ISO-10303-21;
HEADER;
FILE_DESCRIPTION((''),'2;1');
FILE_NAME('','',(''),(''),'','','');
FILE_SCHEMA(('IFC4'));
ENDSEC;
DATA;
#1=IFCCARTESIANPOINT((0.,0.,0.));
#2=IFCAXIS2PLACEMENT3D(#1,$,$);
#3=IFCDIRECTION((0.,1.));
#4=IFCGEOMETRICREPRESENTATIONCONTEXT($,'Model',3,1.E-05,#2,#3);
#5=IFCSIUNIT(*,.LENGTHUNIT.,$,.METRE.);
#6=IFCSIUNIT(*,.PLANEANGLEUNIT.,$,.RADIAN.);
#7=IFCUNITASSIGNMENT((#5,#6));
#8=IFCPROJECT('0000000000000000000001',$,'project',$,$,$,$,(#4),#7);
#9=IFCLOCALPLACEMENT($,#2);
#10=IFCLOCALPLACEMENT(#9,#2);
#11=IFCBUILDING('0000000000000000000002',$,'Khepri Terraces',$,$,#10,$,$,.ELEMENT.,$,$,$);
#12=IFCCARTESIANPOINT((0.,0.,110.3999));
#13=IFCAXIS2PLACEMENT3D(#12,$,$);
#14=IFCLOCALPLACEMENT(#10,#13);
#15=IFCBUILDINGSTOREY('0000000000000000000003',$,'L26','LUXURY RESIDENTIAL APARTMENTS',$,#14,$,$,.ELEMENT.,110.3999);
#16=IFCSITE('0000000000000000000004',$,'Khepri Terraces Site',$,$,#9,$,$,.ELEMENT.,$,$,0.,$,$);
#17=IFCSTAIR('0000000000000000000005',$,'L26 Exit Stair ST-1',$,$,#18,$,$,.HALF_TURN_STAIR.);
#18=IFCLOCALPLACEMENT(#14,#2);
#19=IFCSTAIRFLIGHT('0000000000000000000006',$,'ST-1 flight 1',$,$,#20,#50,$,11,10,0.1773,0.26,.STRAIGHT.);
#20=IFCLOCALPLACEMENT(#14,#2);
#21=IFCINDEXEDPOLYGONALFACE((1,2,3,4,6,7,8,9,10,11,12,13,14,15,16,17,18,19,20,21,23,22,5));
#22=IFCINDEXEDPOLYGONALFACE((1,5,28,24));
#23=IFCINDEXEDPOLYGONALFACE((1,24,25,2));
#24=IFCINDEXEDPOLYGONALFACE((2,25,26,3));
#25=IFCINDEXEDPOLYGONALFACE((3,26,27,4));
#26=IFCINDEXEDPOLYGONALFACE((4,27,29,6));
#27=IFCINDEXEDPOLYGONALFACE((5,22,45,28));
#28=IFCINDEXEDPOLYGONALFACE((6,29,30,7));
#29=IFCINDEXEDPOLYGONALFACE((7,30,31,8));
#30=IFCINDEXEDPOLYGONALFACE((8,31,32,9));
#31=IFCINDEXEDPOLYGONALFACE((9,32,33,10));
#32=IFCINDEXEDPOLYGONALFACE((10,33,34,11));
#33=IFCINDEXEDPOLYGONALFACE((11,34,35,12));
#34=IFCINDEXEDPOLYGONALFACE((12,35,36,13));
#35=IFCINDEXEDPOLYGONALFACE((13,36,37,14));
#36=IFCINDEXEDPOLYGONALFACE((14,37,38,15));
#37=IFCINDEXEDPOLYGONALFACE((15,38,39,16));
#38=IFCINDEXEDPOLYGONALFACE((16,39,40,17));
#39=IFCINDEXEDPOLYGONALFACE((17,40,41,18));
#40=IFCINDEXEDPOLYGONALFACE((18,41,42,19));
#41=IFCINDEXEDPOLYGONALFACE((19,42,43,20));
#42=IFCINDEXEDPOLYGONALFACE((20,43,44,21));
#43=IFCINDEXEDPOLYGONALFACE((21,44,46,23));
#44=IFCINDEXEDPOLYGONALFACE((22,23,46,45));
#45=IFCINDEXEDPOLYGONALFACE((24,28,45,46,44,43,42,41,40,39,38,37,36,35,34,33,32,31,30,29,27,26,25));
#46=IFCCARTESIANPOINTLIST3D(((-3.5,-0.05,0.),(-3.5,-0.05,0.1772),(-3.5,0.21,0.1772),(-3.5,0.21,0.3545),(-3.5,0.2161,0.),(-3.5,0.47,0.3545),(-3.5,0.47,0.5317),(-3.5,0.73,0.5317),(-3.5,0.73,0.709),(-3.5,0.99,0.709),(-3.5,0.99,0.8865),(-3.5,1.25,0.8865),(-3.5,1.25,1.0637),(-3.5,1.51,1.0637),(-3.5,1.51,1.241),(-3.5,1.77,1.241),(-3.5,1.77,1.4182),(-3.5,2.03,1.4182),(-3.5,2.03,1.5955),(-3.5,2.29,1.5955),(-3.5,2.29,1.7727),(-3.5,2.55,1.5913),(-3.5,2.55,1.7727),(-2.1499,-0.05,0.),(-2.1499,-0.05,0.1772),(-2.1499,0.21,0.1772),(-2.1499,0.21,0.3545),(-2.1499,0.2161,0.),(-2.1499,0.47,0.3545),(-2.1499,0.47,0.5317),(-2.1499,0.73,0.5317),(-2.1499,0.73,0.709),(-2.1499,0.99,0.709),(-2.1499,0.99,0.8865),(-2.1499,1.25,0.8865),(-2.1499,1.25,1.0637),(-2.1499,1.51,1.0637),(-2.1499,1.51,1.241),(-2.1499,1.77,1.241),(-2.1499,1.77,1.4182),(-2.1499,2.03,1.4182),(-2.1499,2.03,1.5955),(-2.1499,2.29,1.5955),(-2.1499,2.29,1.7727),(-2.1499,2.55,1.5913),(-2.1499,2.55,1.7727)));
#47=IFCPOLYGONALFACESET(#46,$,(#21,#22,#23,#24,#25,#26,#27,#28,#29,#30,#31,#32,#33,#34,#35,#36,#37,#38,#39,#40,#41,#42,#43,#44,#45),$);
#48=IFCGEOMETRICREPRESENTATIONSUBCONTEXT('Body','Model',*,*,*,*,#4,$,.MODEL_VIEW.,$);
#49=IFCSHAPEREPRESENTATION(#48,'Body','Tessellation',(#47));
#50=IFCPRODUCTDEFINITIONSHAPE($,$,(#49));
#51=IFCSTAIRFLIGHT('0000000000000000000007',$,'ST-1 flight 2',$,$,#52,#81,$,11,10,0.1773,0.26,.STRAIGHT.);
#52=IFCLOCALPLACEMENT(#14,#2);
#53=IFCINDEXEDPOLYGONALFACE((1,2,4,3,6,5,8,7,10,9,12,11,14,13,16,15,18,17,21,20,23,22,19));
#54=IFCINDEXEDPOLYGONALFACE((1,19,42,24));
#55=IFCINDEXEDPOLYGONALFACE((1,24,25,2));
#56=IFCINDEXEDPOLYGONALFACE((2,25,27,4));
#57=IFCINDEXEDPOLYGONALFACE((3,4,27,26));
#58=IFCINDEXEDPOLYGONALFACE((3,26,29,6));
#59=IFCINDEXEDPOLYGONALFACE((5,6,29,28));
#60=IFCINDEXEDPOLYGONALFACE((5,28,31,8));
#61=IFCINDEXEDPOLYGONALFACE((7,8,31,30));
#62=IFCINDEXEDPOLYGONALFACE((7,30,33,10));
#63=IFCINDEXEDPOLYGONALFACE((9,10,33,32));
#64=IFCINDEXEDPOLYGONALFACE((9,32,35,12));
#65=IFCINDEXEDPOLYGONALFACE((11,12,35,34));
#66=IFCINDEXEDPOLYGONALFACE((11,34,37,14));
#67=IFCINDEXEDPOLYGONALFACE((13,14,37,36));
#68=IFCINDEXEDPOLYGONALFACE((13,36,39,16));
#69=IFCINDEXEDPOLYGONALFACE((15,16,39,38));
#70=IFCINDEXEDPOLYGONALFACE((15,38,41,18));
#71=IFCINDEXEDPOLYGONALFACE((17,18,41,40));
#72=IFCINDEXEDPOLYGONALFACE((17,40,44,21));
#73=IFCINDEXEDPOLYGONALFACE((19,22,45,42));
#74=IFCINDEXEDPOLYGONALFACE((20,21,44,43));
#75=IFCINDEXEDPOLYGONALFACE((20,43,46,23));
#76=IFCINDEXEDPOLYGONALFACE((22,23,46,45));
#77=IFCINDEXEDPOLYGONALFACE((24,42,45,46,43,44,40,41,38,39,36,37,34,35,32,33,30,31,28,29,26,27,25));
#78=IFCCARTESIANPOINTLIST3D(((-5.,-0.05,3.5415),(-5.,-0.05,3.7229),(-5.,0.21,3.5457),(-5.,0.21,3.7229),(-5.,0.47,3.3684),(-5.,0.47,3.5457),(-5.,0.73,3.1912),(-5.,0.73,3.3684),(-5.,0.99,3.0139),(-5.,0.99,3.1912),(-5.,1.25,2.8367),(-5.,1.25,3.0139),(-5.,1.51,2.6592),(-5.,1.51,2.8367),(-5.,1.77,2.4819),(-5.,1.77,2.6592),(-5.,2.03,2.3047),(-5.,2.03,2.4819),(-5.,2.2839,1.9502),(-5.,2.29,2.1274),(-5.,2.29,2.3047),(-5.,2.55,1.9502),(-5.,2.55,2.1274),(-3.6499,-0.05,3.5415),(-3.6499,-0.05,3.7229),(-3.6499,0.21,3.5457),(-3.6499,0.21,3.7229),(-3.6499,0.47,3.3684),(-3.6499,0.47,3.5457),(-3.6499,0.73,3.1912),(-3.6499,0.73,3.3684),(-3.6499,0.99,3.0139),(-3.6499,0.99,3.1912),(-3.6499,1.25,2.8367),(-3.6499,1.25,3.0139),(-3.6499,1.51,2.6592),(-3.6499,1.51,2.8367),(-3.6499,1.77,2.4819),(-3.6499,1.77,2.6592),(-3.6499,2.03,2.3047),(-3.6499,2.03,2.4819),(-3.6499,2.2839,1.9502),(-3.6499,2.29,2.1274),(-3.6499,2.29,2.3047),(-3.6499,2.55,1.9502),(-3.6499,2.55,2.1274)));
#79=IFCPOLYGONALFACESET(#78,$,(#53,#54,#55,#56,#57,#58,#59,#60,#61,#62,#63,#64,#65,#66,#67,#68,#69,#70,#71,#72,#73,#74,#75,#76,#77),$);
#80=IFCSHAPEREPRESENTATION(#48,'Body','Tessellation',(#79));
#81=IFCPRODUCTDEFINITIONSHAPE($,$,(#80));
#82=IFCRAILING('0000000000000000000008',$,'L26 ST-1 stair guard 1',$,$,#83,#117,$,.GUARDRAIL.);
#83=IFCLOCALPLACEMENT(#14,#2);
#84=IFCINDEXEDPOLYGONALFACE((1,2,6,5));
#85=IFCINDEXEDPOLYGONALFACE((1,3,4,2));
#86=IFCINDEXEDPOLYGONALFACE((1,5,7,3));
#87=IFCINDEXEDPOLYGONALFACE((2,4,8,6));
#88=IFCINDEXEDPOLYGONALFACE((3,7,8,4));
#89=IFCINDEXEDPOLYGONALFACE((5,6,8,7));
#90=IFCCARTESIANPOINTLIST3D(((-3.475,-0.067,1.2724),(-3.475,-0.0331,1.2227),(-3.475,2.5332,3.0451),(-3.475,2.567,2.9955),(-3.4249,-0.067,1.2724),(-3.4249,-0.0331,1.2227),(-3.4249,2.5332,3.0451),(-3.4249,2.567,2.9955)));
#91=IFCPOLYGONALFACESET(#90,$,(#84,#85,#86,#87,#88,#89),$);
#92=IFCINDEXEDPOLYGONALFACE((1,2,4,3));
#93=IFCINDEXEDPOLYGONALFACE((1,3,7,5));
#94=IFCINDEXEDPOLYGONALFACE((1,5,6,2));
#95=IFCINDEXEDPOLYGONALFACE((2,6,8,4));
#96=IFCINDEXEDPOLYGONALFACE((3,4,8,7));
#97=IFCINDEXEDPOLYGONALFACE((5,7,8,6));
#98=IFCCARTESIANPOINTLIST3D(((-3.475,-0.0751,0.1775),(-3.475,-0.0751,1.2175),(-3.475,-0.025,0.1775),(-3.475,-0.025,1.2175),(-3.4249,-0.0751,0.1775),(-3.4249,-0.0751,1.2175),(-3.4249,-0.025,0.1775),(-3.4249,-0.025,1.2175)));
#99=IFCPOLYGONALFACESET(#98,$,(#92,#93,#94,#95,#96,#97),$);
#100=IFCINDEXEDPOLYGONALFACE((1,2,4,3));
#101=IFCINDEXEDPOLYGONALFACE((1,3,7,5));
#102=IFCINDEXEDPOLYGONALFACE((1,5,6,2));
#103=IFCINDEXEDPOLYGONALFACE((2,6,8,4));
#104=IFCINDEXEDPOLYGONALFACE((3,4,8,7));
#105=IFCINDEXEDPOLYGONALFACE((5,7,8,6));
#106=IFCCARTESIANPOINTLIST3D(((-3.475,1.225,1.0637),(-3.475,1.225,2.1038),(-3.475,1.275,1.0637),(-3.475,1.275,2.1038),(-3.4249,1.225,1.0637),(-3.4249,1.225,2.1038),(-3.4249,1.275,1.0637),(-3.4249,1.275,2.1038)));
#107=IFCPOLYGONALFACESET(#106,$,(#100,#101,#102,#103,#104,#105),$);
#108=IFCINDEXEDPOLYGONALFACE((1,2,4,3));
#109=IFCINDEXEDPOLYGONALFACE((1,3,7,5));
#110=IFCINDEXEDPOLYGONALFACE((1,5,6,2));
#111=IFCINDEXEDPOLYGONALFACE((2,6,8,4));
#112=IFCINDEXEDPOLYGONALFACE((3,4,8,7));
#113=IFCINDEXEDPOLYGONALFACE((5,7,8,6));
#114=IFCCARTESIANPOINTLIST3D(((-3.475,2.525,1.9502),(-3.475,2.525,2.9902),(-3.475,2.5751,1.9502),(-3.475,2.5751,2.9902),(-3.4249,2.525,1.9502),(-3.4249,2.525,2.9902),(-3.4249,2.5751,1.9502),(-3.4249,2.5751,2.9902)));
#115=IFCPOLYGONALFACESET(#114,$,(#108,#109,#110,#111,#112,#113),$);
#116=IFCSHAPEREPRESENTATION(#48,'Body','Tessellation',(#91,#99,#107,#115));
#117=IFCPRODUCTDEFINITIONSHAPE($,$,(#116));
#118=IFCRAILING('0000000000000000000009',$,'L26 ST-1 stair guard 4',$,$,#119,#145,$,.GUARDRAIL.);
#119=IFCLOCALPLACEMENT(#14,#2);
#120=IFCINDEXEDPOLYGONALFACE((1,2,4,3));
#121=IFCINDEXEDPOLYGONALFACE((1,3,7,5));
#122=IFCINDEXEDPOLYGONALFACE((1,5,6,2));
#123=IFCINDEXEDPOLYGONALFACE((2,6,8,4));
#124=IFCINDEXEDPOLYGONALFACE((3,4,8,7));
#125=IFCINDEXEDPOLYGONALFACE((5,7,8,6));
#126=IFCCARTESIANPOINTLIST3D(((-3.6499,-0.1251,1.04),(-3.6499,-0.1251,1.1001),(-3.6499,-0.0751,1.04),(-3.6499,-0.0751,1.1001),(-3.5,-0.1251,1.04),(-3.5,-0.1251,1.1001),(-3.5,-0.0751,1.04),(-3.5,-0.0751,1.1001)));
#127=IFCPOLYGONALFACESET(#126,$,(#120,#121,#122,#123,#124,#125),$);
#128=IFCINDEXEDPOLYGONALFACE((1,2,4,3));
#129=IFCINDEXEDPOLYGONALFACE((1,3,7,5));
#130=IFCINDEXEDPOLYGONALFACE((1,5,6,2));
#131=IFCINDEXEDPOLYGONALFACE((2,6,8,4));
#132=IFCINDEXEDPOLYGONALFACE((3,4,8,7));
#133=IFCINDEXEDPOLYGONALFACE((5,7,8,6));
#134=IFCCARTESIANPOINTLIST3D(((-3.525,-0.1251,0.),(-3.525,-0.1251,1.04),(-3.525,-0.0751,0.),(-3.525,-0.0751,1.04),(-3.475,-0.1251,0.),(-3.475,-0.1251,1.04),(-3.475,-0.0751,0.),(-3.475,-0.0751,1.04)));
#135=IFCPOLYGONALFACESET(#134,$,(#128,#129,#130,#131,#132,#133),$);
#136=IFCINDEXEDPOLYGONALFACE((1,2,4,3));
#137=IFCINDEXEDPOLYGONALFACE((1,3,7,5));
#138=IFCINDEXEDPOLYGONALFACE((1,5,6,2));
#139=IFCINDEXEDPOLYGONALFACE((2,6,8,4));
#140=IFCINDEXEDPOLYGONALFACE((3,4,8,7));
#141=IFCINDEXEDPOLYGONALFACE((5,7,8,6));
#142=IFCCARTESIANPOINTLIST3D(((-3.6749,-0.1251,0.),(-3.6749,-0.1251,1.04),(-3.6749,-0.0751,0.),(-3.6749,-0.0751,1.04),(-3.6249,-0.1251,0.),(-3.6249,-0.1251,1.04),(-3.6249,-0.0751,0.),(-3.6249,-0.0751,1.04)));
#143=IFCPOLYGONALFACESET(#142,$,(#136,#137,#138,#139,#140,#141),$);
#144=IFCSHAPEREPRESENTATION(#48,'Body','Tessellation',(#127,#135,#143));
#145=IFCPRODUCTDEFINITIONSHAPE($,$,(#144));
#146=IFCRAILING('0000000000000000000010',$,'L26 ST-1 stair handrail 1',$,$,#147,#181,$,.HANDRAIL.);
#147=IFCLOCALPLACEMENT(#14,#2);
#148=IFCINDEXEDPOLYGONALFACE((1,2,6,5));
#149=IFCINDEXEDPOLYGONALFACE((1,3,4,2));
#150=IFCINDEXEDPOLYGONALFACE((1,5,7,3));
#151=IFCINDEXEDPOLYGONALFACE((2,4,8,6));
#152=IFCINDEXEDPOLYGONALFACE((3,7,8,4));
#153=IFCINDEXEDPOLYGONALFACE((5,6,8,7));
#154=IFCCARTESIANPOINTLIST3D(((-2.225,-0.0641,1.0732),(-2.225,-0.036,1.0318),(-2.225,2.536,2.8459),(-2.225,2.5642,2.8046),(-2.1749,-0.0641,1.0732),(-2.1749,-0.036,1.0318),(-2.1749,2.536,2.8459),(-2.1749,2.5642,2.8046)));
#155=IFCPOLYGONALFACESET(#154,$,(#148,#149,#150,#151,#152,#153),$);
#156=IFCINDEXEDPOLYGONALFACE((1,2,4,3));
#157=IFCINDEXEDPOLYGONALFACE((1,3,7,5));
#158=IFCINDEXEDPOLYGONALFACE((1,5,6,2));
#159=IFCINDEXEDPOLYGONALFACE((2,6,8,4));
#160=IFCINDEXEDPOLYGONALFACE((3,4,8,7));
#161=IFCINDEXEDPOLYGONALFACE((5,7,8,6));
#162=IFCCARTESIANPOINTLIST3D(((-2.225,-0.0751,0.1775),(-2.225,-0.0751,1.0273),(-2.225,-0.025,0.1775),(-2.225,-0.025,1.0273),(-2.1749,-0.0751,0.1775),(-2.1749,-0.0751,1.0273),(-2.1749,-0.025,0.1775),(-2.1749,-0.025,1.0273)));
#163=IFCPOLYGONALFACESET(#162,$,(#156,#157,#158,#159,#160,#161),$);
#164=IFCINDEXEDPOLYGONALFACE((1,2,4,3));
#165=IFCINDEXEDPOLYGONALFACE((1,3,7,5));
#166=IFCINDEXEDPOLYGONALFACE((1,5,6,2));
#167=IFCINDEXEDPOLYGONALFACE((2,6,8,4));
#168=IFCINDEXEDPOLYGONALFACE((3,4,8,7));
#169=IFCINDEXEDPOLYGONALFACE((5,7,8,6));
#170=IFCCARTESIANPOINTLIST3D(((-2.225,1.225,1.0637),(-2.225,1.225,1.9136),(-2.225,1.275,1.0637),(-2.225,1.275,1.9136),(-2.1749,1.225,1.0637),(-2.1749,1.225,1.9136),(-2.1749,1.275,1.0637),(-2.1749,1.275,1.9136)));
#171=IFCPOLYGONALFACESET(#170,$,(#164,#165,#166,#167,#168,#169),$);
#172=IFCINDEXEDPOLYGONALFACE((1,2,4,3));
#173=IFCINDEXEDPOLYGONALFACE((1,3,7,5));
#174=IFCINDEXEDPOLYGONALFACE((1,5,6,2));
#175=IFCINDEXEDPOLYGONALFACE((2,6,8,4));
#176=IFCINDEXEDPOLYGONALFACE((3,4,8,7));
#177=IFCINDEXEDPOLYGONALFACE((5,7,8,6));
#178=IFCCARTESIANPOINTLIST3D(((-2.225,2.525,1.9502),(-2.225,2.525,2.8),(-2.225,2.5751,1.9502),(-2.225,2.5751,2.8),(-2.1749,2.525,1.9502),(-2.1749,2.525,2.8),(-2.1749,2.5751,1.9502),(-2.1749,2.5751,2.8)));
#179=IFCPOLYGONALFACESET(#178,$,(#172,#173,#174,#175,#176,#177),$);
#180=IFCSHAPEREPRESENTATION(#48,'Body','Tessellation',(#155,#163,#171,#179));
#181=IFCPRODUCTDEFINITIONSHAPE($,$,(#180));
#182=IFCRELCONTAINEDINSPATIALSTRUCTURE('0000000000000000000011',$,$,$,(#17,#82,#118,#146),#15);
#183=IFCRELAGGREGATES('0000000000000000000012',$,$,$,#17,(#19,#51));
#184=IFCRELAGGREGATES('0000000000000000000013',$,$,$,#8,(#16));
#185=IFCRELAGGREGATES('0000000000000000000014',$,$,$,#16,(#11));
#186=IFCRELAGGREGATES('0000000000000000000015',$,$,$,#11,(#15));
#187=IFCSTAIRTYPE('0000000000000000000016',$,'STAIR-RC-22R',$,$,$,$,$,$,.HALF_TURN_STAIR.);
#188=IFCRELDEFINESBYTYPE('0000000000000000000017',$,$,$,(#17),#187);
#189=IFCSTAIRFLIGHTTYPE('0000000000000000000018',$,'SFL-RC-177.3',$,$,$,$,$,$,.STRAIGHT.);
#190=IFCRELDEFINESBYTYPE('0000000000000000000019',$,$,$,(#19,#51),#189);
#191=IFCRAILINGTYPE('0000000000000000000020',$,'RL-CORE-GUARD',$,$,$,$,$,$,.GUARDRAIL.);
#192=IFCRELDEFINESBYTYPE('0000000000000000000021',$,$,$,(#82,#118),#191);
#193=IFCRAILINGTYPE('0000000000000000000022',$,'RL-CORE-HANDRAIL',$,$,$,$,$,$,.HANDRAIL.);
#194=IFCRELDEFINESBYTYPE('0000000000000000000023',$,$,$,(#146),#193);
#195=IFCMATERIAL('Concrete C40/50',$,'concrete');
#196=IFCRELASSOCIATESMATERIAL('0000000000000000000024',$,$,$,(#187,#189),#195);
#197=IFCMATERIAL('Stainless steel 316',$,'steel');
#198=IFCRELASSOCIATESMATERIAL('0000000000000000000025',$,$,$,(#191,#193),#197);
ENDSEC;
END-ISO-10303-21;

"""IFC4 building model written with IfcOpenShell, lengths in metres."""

from ifc_helpers import new_model, si_unit, direction, frame, origin, origin_2d, place, context, subcontext, project, spatial, polyline, rectangle, outline, extrude, material, type_object, element, aggregate, save


model = new_model("IFC4")

# Units and contexts
model_context = context("Model", 3, precision=1e-05, world=origin(), true_north=direction((0.0, 1.0)))
body_context = subcontext(model_context, "Body", "Model", "MODEL_VIEW")
ifc_project = project(units=[si_unit("LENGTHUNIT", "METRE"), si_unit("PLANEANGLEUNIT", "RADIAN")], contexts=[model_context])

# Site, building, storey
site_placement = place(None, origin())
site = spatial("IfcSite", under=ifc_project, at=site_placement, Name="Khepri Terraces Site", CompositionType="ELEMENT", RefElevation=0.0)
building_placement = place(site_placement, origin())
building = spatial("IfcBuilding", under=site, at=building_placement, Name="Khepri Terraces", CompositionType="ELEMENT")
storey_placement = place(building_placement, frame((0.0, 0.0, 110.3999)))
storey = spatial("IfcBuildingStorey", under=building, at=storey_placement, Name="L26", Description="LUXURY RESIDENTIAL APARTMENTS", CompositionType="ELEMENT", Elevation=110.3999)

# Shared definitions
ifc_material_1 = material(Name="Concrete C40/50", Category="concrete")

# Stair, stair flights
stair_type = type_object("IfcStairType", Name="STAIR-RC-22R", PredefinedType="HALF_TURN_STAIR", material=ifc_material_1)
stair_placement = place(storey_placement, origin())
stair = element("IfcStair", 1, at=stair_placement, inside=storey, type_object=stair_type, Name="L26 Exit Stair ST-1", PredefinedType="HALF_TURN_STAIR")
stair_flight_type = type_object("IfcStairFlightType", Name="SFL-RC-177.3", PredefinedType="STRAIGHT", material=ifc_material_1)
stair_flight_1_placement = place(storey_placement, frame((-2.825, -0.05, 0.0), z_axis=(0.0, 0.0, 1.0), x_axis=(0.0, 1.0, 0.0)))
stair_flight_1 = element("IfcStairFlight", 2, at=stair_flight_1_placement, type_object=stair_flight_type, Name="ST-1 flight 1", NumberOfRisers=11, NumberOfTreads=10, PredefinedType="STRAIGHT", RiserHeight=0.1773, TreadLength=0.26, context=body_context, shape_type="SweptSolid", body=[
    extrude(outline(polyline([(0.0, 0.0), (0.0, 0.1772), (0.26, 0.1772), (0.26, 0.3545), (0.52, 0.3545), (0.52, 0.5317), (0.78, 0.5317), (0.78, 0.709), (1.04, 0.709), (1.04, 0.8865), (1.3, 0.8865), (1.3, 1.0637), (1.5601, 1.0637), (1.5601, 1.241), (1.8201, 1.241), (1.8201, 1.4182), (2.0801, 1.4182), (2.0801, 1.5955), (2.3401, 1.5955), (2.3401, 1.7727), (2.6001, 1.7727), (2.6001, 1.95), (2.6001, 1.5913), (0.2661, 0.0), (0.0, 0.0)])), frame((0.0, 0.675, 0.0), z_axis=(0.0, -1.0, 0.0), x_axis=(1.0, 0.0, 0.0)), (0.0, 0.0, 1.0), 1.3501),
])
stair_flight_2_placement = place(storey_placement, frame((-4.325, 2.55, 1.9502), z_axis=(0.0, 0.0, 1.0), x_axis=(0.0, -1.0, 0.0)))
stair_flight_2 = element("IfcStairFlight", 3, at=stair_flight_2_placement, type_object=stair_flight_type, Name="ST-1 flight 2", NumberOfRisers=11, NumberOfTreads=10, PredefinedType="STRAIGHT", RiserHeight=0.1773, TreadLength=0.26, context=body_context, shape_type="SweptSolid", body=[
    extrude(outline(polyline([(0.0, 0.0), (0.0, 0.1772), (0.26, 0.1772), (0.26, 0.3545), (0.52, 0.3545), (0.52, 0.5317), (0.78, 0.5317), (0.78, 0.709), (1.04, 0.709), (1.04, 0.8865), (1.3, 0.8865), (1.3, 1.0637), (1.5601, 1.0637), (1.5601, 1.241), (1.8201, 1.241), (1.8201, 1.4182), (2.0801, 1.4182), (2.0801, 1.5955), (2.3401, 1.5955), (2.3401, 1.7727), (2.6001, 1.7727), (2.6001, 1.95), (2.6001, 1.5913), (0.2661, 0.0), (0.0, 0.0)])), frame((0.0, 0.675, 0.0), z_axis=(0.0, -1.0, 0.0), x_axis=(1.0, 0.0, 0.0)), (0.0, 0.0, 1.0), 1.3501),
])
aggregate(stair, [stair_flight_1, stair_flight_2])

# Railings
ifc_material_2 = material(Name="Stainless steel 316", Category="steel")
railing_type_1 = type_object("IfcRailingType", Name="RL-CORE-GUARD", PredefinedType="GUARDRAIL", material=ifc_material_2)
railing_1_placement = place(storey_placement, frame((-3.45, -0.05, 0.1775)))
element("IfcRailing", 4, at=railing_1_placement, inside=storey, type_object=railing_type_1, Name="L26 ST-1 stair guard 1", PredefinedType="GUARDRAIL", context=body_context, shape_type="SweptSolid", body=[
    extrude(rectangle(XDim=0.05, YDim=0.0601, at=origin_2d()), frame((0.0, 0.0, 1.0701), z_axis=(0.0, 0.82624, 0.563318), x_axis=(-1.0, 0.0, 0.0)), (0.0, 0.0, 1.0), 3.147),
    extrude(rectangle(XDim=0.05, YDim=0.05, at=origin_2d()), origin(), (0.0, 0.0, 1.0), 1.04),
    extrude(rectangle(XDim=0.05, YDim=0.05, at=origin_2d()), frame((0.0, 1.3, 0.8862)), (0.0, 0.0, 1.0), 1.04),
    extrude(rectangle(XDim=0.05, YDim=0.05, at=origin_2d()), frame((0.0, 2.6001, 1.7727)), (0.0, 0.0, 1.0), 1.04),
])
railing_2_placement = place(storey_placement, frame((-3.5, -0.1001, 0.0)))
element("IfcRailing", 5, at=railing_2_placement, inside=storey, type_object=railing_type_1, Name="L26 ST-1 stair guard 4", PredefinedType="GUARDRAIL", context=body_context, shape_type="SweptSolid", body=[
    extrude(rectangle(XDim=0.05, YDim=0.0601, at=origin_2d()), frame((0.0, 0.0, 1.0701), z_axis=(-1.0, 0.0, 0.0), x_axis=(0.0, -1.0, 0.0)), (0.0, 0.0, 1.0), 0.1499),
    extrude(rectangle(XDim=0.05, YDim=0.05, at=origin_2d()), origin(), (0.0, 0.0, 1.0), 1.04),
    extrude(rectangle(XDim=0.05, YDim=0.05, at=origin_2d()), frame((-0.1499, 0.0, 0.0)), (0.0, 0.0, 1.0), 1.04),
])
railing_type_2 = type_object("IfcRailingType", Name="RL-CORE-HANDRAIL", PredefinedType="HANDRAIL", material=ifc_material_2)
railing_3_placement = place(storey_placement, frame((-2.2, -0.05, 0.1775)))
element("IfcRailing", 6, at=railing_3_placement, inside=storey, type_object=railing_type_2, Name="L26 ST-1 stair handrail 1", PredefinedType="HANDRAIL", context=body_context, shape_type="SweptSolid", body=[
    extrude(rectangle(XDim=0.05, YDim=0.05, at=origin_2d()), frame((0.0, 0.0, 0.875), z_axis=(0.0, 0.82624, 0.563318), x_axis=(-1.0, 0.0, 0.0)), (0.0, 0.0, 1.0), 3.147),
    extrude(rectangle(XDim=0.05, YDim=0.05, at=origin_2d()), origin(), (0.0, 0.0, 1.0), 0.8499),
    extrude(rectangle(XDim=0.05, YDim=0.05, at=origin_2d()), frame((0.0, 1.3, 0.8862)), (0.0, 0.0, 1.0), 0.8499),
    extrude(rectangle(XDim=0.05, YDim=0.05, at=origin_2d()), frame((0.0, 2.6001, 1.7727)), (0.0, 0.0, 1.0), 0.8499),
])

save(model, "model.ifc")
